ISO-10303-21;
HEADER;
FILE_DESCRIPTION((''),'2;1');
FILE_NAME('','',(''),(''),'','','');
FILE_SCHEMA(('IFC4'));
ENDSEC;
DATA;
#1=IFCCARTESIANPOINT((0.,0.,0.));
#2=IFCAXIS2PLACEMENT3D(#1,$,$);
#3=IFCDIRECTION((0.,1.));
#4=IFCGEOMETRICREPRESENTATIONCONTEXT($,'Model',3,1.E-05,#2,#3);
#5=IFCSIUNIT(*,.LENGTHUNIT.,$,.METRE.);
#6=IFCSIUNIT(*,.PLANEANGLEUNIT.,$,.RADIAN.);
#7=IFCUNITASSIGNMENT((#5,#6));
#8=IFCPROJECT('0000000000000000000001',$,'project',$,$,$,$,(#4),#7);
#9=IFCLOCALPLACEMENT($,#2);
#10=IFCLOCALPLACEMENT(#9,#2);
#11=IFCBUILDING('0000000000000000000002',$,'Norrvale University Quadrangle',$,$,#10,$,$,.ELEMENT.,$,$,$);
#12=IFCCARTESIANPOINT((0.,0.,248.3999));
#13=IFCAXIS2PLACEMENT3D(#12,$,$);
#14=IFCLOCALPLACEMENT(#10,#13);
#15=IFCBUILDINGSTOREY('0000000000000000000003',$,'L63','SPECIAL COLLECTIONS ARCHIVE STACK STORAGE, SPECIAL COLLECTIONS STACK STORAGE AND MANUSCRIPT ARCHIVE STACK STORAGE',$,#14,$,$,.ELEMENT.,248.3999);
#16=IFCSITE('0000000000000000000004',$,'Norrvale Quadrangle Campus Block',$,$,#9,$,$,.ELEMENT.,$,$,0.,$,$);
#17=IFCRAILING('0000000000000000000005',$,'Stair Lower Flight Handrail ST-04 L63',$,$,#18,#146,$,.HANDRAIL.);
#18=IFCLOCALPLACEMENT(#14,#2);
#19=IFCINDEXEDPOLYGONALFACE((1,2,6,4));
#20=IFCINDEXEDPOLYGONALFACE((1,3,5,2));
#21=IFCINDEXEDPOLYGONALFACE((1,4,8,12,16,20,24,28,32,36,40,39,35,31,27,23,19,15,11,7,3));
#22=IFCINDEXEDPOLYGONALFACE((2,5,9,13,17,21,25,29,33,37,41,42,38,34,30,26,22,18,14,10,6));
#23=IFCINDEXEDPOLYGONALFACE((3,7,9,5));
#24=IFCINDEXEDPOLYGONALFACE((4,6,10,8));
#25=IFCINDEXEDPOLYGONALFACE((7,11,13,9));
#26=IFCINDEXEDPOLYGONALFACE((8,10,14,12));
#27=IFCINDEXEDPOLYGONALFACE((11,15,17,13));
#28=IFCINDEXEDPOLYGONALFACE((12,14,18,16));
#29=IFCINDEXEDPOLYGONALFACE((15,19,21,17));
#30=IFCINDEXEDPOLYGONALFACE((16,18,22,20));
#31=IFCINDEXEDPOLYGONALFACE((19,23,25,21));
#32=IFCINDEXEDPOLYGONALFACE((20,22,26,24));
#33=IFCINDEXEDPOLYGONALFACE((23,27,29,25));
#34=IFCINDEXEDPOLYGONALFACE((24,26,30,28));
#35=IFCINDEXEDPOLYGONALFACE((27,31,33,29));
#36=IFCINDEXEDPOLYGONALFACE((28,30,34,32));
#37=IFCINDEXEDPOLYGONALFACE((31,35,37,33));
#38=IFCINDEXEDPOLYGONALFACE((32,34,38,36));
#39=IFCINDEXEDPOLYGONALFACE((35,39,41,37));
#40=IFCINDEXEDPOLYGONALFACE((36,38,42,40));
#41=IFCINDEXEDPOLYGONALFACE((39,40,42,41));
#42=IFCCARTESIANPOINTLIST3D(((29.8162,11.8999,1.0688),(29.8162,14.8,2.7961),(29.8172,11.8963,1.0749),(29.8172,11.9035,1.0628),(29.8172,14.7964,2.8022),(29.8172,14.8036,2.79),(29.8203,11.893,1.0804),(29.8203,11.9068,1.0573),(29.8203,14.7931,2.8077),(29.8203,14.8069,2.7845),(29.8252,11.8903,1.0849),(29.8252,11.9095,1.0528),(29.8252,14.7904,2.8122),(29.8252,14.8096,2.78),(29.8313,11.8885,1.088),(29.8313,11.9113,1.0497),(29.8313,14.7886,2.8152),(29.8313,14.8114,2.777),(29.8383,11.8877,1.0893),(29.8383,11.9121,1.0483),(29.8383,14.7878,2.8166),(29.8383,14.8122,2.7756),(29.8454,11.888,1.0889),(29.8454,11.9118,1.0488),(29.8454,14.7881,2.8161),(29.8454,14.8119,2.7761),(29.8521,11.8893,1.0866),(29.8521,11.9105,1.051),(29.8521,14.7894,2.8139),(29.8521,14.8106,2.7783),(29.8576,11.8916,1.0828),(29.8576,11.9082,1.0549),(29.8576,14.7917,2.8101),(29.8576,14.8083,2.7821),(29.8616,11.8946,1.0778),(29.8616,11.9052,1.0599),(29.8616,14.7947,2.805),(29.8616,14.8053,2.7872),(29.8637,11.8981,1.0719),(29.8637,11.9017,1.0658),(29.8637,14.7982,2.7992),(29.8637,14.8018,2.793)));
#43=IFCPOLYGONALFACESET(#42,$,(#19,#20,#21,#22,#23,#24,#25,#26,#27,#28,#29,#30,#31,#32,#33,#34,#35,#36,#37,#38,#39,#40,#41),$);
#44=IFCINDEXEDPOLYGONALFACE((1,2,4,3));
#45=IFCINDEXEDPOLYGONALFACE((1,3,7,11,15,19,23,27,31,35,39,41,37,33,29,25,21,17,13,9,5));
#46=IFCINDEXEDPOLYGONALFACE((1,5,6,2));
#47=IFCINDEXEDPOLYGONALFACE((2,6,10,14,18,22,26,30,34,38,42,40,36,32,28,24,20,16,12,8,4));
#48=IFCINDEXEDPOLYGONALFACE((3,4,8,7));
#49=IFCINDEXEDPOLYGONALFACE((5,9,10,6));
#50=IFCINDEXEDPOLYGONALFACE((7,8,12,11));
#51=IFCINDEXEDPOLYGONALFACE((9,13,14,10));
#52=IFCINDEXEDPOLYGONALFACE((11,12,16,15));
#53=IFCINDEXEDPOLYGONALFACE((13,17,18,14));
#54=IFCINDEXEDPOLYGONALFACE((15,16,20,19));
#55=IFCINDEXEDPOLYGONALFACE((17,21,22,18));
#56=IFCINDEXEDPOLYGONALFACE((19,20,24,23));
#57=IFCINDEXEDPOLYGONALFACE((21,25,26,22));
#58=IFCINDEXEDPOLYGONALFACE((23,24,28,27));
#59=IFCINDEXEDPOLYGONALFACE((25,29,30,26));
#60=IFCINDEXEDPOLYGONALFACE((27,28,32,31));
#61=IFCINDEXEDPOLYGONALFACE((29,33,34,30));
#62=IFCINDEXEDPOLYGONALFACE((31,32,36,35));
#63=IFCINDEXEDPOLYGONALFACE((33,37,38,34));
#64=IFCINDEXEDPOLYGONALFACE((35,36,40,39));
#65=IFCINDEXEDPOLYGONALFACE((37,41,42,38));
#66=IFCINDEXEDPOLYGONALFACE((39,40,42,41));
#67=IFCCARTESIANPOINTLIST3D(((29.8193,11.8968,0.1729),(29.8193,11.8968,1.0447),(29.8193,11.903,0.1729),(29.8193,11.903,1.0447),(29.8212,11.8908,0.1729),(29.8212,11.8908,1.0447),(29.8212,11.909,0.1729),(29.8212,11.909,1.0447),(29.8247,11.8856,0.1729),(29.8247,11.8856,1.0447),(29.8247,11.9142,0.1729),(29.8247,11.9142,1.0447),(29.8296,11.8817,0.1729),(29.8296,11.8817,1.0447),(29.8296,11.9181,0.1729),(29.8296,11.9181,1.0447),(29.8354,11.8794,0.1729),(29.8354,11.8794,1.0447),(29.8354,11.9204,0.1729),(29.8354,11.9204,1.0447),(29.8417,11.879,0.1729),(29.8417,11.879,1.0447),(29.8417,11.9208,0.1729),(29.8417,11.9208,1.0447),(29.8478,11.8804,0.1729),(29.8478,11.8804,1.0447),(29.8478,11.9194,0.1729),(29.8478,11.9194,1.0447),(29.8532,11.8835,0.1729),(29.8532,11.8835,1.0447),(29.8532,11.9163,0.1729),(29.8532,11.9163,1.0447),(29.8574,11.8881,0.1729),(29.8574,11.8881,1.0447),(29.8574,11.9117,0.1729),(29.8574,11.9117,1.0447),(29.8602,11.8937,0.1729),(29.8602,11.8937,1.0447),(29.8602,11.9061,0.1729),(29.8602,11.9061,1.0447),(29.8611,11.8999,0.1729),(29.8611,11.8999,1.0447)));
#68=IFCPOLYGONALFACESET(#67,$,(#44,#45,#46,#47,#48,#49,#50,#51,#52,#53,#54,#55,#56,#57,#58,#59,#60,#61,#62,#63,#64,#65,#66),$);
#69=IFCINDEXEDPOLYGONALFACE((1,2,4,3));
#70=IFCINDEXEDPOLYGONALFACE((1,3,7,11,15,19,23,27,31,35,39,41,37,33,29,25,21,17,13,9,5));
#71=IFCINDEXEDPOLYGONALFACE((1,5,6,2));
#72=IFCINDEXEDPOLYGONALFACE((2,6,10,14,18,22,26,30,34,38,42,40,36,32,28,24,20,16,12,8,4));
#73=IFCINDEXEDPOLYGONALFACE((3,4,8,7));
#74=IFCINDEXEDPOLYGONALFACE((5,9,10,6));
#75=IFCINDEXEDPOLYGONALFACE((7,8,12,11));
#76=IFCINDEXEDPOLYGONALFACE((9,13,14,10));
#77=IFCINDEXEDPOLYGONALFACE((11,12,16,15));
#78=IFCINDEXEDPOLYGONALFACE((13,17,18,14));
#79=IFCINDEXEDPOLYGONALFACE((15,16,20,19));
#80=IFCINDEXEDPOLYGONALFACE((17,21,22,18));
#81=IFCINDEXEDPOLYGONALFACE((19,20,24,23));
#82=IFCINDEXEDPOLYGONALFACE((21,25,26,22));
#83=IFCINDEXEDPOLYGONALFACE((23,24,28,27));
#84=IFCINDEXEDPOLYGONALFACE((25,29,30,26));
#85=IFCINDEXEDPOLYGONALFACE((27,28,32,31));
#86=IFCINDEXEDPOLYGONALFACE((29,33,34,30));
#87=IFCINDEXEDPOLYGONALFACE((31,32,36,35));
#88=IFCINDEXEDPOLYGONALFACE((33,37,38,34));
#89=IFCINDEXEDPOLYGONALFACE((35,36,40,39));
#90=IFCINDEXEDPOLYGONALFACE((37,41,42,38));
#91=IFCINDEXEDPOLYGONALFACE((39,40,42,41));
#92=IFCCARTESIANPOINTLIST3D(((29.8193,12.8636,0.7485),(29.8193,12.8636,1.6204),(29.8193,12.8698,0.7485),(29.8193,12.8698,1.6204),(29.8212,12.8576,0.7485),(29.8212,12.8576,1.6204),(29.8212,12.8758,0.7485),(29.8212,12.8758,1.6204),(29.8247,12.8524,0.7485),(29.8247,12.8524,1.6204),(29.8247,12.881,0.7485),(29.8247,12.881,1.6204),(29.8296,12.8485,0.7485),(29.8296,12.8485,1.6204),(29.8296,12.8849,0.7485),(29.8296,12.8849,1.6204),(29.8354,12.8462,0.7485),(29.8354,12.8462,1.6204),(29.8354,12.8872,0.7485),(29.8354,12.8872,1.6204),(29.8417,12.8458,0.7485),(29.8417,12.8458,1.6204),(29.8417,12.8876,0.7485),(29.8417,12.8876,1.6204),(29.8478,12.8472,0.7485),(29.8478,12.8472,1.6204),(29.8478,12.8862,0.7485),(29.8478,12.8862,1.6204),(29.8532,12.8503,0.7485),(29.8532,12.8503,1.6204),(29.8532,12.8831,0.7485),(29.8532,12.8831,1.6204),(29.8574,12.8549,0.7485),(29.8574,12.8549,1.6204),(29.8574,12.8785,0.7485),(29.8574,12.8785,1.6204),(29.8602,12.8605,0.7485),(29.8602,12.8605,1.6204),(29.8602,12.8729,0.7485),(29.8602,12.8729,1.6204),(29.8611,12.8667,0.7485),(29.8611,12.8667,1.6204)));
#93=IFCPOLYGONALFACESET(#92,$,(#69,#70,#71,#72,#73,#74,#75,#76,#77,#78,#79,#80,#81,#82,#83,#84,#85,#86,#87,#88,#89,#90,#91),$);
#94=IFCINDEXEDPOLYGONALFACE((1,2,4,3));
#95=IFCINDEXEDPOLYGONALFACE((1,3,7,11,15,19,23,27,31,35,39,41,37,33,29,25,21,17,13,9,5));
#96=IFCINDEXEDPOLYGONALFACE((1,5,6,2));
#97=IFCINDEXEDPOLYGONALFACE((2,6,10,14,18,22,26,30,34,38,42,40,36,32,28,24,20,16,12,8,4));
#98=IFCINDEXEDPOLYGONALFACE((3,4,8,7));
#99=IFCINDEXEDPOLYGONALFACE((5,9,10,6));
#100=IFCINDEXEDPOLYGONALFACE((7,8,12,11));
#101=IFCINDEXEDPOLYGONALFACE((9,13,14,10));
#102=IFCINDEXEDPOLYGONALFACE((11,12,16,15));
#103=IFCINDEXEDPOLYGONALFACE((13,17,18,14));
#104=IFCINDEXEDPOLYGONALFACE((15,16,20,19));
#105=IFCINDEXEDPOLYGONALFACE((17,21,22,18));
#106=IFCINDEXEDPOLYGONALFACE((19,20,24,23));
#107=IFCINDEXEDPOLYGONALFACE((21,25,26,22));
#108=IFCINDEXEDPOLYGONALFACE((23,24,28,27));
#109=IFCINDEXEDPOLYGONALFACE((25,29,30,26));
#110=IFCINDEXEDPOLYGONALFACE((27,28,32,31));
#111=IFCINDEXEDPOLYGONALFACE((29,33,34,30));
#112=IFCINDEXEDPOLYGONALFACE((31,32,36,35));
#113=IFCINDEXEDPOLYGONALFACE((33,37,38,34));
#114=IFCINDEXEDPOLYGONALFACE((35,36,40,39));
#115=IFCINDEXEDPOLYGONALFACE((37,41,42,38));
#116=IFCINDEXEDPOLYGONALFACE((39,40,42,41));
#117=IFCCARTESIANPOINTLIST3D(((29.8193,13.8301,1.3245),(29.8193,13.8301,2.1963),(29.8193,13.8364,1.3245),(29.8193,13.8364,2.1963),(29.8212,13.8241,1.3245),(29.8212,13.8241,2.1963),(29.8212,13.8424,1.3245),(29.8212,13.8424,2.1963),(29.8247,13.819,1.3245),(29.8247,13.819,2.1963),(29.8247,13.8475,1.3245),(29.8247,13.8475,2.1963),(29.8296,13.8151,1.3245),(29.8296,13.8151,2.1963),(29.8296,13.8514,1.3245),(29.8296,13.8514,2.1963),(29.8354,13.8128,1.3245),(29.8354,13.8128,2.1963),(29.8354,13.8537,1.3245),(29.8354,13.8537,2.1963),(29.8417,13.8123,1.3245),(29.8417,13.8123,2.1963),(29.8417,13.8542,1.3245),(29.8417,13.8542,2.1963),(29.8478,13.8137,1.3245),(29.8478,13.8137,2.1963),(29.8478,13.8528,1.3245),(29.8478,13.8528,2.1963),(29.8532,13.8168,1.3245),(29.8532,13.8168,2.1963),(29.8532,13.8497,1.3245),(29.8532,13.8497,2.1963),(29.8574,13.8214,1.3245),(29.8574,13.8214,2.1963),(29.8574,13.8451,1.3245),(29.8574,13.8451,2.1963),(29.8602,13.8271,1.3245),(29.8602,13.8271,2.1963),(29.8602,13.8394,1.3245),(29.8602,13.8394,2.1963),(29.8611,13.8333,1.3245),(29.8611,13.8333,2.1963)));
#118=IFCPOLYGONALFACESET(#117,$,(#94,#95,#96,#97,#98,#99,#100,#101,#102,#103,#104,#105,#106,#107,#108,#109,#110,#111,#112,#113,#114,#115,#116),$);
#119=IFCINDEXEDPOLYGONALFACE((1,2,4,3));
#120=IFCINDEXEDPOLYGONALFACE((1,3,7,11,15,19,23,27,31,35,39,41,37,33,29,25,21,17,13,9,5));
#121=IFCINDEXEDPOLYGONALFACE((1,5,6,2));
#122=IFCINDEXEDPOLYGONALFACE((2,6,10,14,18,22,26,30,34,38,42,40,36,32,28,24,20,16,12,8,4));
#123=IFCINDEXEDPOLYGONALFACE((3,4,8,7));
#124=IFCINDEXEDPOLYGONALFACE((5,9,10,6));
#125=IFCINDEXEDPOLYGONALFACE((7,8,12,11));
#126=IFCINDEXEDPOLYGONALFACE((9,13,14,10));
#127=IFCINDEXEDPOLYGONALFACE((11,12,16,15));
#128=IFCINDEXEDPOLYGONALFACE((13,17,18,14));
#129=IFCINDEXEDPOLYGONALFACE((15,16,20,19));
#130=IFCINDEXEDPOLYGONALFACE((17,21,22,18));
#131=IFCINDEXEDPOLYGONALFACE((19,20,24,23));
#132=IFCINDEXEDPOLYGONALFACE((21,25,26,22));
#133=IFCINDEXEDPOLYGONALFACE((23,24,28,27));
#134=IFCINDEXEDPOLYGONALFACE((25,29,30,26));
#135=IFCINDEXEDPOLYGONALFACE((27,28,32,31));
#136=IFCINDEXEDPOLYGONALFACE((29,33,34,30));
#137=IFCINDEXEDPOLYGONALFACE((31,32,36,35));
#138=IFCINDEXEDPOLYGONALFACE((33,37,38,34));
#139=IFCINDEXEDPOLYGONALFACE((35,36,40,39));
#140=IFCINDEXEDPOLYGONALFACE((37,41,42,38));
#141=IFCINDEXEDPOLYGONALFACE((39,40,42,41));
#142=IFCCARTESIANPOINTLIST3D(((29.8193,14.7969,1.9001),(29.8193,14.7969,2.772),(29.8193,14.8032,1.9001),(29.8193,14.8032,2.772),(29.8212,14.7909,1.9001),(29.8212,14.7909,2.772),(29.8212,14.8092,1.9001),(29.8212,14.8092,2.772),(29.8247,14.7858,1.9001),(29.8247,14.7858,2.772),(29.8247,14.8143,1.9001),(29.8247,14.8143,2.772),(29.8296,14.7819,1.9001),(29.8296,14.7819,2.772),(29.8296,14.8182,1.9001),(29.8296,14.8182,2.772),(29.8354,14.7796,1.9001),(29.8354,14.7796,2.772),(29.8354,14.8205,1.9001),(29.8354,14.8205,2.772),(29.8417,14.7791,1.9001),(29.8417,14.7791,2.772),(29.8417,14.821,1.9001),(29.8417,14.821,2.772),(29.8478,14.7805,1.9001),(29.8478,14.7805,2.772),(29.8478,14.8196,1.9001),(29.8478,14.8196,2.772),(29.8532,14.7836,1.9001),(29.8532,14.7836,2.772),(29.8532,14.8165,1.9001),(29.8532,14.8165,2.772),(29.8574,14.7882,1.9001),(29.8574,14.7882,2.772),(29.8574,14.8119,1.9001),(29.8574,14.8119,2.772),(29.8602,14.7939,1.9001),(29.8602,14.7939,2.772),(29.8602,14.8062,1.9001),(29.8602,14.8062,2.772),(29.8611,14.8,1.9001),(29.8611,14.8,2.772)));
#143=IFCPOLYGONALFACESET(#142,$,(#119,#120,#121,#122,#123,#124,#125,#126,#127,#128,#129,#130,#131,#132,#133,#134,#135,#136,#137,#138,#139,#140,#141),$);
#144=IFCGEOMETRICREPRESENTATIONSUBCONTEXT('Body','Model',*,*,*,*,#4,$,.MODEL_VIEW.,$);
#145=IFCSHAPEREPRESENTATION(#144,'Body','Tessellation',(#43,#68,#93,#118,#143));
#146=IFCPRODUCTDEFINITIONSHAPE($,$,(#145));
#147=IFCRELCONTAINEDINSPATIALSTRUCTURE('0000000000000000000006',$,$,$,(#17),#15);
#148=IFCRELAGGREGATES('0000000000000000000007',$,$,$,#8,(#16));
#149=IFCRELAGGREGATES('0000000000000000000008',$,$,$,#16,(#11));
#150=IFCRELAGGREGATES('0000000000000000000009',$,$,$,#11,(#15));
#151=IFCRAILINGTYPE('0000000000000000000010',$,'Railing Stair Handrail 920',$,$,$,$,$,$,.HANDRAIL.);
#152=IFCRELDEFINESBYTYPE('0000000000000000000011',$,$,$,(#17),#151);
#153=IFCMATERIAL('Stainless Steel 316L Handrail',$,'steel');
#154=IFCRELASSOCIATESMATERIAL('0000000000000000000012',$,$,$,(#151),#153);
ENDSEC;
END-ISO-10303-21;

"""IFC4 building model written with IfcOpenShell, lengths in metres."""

from ifc_helpers import new_model, si_unit, direction, frame, origin, origin_2d, place, context, subcontext, project, spatial, circle, extrude, material, type_object, element, save


model = new_model("IFC4")

# Units and contexts
model_context = context("Model", 3, precision=1e-05, world=origin(), true_north=direction((0.0, 1.0)))
body_context = subcontext(model_context, "Body", "Model", "MODEL_VIEW")
ifc_project = project(units=[si_unit("LENGTHUNIT", "METRE"), si_unit("PLANEANGLEUNIT", "RADIAN")], contexts=[model_context])

# Site, building, storey
site_placement = place(None, origin())
site = spatial("IfcSite", under=ifc_project, at=site_placement, Name="Norrvale Quadrangle Campus Block", CompositionType="ELEMENT", RefElevation=0.0)
building_placement = place(site_placement, origin())
building = spatial("IfcBuilding", under=site, at=building_placement, Name="Norrvale University Quadrangle", CompositionType="ELEMENT")
storey_placement = place(building_placement, frame((0.0, 0.0, 248.3999)))
storey = spatial("IfcBuildingStorey", under=building, at=storey_placement, Name="L63", Description="SPECIAL COLLECTIONS ARCHIVE STACK STORAGE, SPECIAL COLLECTIONS STACK STORAGE AND MANUSCRIPT ARCHIVE STACK STORAGE", CompositionType="ELEMENT", Elevation=248.3999)

# Railing
ifc_material_1 = material(Name="Stainless Steel 316L Handrail", Category="steel")
railing_type = type_object("IfcRailingType", Name="Railing Stair Handrail 920", PredefinedType="HANDRAIL", material=ifc_material_1)
railing_placement = place(storey_placement, frame((29.8401, 11.8999, 0.1729)))
element("IfcRailing", 1, at=railing_placement, inside=storey, type_object=railing_type, Name="Stair Lower Flight Handrail ST-04 L63", PredefinedType="HANDRAIL", context=body_context, shape_type="SweptSolid", body=[
    extrude(circle(Radius=0.0239, at=origin_2d()), frame((0.0, 0.0, 0.896), z_axis=(0.0, 0.85916, 0.511706), x_axis=(-1.0, 0.0, 0.0)), (0.0, 0.0, 1.0), 3.3755),
    extrude(circle(Radius=0.021, at=origin_2d()), origin(), (0.0, 0.0, 1.0), 0.8718),
    extrude(circle(Radius=0.021, at=origin_2d()), frame((0.0, 0.9668, 0.5757)), (0.0, 0.0, 1.0), 0.8718),
    extrude(circle(Radius=0.021, at=origin_2d()), frame((0.0, 1.9333, 1.1516)), (0.0, 0.0, 1.0), 0.8718),
    extrude(circle(Radius=0.021, at=origin_2d()), frame((0.0, 2.9001, 1.7273)), (0.0, 0.0, 1.0), 0.8718),
])

save(model, "model.ifc")
